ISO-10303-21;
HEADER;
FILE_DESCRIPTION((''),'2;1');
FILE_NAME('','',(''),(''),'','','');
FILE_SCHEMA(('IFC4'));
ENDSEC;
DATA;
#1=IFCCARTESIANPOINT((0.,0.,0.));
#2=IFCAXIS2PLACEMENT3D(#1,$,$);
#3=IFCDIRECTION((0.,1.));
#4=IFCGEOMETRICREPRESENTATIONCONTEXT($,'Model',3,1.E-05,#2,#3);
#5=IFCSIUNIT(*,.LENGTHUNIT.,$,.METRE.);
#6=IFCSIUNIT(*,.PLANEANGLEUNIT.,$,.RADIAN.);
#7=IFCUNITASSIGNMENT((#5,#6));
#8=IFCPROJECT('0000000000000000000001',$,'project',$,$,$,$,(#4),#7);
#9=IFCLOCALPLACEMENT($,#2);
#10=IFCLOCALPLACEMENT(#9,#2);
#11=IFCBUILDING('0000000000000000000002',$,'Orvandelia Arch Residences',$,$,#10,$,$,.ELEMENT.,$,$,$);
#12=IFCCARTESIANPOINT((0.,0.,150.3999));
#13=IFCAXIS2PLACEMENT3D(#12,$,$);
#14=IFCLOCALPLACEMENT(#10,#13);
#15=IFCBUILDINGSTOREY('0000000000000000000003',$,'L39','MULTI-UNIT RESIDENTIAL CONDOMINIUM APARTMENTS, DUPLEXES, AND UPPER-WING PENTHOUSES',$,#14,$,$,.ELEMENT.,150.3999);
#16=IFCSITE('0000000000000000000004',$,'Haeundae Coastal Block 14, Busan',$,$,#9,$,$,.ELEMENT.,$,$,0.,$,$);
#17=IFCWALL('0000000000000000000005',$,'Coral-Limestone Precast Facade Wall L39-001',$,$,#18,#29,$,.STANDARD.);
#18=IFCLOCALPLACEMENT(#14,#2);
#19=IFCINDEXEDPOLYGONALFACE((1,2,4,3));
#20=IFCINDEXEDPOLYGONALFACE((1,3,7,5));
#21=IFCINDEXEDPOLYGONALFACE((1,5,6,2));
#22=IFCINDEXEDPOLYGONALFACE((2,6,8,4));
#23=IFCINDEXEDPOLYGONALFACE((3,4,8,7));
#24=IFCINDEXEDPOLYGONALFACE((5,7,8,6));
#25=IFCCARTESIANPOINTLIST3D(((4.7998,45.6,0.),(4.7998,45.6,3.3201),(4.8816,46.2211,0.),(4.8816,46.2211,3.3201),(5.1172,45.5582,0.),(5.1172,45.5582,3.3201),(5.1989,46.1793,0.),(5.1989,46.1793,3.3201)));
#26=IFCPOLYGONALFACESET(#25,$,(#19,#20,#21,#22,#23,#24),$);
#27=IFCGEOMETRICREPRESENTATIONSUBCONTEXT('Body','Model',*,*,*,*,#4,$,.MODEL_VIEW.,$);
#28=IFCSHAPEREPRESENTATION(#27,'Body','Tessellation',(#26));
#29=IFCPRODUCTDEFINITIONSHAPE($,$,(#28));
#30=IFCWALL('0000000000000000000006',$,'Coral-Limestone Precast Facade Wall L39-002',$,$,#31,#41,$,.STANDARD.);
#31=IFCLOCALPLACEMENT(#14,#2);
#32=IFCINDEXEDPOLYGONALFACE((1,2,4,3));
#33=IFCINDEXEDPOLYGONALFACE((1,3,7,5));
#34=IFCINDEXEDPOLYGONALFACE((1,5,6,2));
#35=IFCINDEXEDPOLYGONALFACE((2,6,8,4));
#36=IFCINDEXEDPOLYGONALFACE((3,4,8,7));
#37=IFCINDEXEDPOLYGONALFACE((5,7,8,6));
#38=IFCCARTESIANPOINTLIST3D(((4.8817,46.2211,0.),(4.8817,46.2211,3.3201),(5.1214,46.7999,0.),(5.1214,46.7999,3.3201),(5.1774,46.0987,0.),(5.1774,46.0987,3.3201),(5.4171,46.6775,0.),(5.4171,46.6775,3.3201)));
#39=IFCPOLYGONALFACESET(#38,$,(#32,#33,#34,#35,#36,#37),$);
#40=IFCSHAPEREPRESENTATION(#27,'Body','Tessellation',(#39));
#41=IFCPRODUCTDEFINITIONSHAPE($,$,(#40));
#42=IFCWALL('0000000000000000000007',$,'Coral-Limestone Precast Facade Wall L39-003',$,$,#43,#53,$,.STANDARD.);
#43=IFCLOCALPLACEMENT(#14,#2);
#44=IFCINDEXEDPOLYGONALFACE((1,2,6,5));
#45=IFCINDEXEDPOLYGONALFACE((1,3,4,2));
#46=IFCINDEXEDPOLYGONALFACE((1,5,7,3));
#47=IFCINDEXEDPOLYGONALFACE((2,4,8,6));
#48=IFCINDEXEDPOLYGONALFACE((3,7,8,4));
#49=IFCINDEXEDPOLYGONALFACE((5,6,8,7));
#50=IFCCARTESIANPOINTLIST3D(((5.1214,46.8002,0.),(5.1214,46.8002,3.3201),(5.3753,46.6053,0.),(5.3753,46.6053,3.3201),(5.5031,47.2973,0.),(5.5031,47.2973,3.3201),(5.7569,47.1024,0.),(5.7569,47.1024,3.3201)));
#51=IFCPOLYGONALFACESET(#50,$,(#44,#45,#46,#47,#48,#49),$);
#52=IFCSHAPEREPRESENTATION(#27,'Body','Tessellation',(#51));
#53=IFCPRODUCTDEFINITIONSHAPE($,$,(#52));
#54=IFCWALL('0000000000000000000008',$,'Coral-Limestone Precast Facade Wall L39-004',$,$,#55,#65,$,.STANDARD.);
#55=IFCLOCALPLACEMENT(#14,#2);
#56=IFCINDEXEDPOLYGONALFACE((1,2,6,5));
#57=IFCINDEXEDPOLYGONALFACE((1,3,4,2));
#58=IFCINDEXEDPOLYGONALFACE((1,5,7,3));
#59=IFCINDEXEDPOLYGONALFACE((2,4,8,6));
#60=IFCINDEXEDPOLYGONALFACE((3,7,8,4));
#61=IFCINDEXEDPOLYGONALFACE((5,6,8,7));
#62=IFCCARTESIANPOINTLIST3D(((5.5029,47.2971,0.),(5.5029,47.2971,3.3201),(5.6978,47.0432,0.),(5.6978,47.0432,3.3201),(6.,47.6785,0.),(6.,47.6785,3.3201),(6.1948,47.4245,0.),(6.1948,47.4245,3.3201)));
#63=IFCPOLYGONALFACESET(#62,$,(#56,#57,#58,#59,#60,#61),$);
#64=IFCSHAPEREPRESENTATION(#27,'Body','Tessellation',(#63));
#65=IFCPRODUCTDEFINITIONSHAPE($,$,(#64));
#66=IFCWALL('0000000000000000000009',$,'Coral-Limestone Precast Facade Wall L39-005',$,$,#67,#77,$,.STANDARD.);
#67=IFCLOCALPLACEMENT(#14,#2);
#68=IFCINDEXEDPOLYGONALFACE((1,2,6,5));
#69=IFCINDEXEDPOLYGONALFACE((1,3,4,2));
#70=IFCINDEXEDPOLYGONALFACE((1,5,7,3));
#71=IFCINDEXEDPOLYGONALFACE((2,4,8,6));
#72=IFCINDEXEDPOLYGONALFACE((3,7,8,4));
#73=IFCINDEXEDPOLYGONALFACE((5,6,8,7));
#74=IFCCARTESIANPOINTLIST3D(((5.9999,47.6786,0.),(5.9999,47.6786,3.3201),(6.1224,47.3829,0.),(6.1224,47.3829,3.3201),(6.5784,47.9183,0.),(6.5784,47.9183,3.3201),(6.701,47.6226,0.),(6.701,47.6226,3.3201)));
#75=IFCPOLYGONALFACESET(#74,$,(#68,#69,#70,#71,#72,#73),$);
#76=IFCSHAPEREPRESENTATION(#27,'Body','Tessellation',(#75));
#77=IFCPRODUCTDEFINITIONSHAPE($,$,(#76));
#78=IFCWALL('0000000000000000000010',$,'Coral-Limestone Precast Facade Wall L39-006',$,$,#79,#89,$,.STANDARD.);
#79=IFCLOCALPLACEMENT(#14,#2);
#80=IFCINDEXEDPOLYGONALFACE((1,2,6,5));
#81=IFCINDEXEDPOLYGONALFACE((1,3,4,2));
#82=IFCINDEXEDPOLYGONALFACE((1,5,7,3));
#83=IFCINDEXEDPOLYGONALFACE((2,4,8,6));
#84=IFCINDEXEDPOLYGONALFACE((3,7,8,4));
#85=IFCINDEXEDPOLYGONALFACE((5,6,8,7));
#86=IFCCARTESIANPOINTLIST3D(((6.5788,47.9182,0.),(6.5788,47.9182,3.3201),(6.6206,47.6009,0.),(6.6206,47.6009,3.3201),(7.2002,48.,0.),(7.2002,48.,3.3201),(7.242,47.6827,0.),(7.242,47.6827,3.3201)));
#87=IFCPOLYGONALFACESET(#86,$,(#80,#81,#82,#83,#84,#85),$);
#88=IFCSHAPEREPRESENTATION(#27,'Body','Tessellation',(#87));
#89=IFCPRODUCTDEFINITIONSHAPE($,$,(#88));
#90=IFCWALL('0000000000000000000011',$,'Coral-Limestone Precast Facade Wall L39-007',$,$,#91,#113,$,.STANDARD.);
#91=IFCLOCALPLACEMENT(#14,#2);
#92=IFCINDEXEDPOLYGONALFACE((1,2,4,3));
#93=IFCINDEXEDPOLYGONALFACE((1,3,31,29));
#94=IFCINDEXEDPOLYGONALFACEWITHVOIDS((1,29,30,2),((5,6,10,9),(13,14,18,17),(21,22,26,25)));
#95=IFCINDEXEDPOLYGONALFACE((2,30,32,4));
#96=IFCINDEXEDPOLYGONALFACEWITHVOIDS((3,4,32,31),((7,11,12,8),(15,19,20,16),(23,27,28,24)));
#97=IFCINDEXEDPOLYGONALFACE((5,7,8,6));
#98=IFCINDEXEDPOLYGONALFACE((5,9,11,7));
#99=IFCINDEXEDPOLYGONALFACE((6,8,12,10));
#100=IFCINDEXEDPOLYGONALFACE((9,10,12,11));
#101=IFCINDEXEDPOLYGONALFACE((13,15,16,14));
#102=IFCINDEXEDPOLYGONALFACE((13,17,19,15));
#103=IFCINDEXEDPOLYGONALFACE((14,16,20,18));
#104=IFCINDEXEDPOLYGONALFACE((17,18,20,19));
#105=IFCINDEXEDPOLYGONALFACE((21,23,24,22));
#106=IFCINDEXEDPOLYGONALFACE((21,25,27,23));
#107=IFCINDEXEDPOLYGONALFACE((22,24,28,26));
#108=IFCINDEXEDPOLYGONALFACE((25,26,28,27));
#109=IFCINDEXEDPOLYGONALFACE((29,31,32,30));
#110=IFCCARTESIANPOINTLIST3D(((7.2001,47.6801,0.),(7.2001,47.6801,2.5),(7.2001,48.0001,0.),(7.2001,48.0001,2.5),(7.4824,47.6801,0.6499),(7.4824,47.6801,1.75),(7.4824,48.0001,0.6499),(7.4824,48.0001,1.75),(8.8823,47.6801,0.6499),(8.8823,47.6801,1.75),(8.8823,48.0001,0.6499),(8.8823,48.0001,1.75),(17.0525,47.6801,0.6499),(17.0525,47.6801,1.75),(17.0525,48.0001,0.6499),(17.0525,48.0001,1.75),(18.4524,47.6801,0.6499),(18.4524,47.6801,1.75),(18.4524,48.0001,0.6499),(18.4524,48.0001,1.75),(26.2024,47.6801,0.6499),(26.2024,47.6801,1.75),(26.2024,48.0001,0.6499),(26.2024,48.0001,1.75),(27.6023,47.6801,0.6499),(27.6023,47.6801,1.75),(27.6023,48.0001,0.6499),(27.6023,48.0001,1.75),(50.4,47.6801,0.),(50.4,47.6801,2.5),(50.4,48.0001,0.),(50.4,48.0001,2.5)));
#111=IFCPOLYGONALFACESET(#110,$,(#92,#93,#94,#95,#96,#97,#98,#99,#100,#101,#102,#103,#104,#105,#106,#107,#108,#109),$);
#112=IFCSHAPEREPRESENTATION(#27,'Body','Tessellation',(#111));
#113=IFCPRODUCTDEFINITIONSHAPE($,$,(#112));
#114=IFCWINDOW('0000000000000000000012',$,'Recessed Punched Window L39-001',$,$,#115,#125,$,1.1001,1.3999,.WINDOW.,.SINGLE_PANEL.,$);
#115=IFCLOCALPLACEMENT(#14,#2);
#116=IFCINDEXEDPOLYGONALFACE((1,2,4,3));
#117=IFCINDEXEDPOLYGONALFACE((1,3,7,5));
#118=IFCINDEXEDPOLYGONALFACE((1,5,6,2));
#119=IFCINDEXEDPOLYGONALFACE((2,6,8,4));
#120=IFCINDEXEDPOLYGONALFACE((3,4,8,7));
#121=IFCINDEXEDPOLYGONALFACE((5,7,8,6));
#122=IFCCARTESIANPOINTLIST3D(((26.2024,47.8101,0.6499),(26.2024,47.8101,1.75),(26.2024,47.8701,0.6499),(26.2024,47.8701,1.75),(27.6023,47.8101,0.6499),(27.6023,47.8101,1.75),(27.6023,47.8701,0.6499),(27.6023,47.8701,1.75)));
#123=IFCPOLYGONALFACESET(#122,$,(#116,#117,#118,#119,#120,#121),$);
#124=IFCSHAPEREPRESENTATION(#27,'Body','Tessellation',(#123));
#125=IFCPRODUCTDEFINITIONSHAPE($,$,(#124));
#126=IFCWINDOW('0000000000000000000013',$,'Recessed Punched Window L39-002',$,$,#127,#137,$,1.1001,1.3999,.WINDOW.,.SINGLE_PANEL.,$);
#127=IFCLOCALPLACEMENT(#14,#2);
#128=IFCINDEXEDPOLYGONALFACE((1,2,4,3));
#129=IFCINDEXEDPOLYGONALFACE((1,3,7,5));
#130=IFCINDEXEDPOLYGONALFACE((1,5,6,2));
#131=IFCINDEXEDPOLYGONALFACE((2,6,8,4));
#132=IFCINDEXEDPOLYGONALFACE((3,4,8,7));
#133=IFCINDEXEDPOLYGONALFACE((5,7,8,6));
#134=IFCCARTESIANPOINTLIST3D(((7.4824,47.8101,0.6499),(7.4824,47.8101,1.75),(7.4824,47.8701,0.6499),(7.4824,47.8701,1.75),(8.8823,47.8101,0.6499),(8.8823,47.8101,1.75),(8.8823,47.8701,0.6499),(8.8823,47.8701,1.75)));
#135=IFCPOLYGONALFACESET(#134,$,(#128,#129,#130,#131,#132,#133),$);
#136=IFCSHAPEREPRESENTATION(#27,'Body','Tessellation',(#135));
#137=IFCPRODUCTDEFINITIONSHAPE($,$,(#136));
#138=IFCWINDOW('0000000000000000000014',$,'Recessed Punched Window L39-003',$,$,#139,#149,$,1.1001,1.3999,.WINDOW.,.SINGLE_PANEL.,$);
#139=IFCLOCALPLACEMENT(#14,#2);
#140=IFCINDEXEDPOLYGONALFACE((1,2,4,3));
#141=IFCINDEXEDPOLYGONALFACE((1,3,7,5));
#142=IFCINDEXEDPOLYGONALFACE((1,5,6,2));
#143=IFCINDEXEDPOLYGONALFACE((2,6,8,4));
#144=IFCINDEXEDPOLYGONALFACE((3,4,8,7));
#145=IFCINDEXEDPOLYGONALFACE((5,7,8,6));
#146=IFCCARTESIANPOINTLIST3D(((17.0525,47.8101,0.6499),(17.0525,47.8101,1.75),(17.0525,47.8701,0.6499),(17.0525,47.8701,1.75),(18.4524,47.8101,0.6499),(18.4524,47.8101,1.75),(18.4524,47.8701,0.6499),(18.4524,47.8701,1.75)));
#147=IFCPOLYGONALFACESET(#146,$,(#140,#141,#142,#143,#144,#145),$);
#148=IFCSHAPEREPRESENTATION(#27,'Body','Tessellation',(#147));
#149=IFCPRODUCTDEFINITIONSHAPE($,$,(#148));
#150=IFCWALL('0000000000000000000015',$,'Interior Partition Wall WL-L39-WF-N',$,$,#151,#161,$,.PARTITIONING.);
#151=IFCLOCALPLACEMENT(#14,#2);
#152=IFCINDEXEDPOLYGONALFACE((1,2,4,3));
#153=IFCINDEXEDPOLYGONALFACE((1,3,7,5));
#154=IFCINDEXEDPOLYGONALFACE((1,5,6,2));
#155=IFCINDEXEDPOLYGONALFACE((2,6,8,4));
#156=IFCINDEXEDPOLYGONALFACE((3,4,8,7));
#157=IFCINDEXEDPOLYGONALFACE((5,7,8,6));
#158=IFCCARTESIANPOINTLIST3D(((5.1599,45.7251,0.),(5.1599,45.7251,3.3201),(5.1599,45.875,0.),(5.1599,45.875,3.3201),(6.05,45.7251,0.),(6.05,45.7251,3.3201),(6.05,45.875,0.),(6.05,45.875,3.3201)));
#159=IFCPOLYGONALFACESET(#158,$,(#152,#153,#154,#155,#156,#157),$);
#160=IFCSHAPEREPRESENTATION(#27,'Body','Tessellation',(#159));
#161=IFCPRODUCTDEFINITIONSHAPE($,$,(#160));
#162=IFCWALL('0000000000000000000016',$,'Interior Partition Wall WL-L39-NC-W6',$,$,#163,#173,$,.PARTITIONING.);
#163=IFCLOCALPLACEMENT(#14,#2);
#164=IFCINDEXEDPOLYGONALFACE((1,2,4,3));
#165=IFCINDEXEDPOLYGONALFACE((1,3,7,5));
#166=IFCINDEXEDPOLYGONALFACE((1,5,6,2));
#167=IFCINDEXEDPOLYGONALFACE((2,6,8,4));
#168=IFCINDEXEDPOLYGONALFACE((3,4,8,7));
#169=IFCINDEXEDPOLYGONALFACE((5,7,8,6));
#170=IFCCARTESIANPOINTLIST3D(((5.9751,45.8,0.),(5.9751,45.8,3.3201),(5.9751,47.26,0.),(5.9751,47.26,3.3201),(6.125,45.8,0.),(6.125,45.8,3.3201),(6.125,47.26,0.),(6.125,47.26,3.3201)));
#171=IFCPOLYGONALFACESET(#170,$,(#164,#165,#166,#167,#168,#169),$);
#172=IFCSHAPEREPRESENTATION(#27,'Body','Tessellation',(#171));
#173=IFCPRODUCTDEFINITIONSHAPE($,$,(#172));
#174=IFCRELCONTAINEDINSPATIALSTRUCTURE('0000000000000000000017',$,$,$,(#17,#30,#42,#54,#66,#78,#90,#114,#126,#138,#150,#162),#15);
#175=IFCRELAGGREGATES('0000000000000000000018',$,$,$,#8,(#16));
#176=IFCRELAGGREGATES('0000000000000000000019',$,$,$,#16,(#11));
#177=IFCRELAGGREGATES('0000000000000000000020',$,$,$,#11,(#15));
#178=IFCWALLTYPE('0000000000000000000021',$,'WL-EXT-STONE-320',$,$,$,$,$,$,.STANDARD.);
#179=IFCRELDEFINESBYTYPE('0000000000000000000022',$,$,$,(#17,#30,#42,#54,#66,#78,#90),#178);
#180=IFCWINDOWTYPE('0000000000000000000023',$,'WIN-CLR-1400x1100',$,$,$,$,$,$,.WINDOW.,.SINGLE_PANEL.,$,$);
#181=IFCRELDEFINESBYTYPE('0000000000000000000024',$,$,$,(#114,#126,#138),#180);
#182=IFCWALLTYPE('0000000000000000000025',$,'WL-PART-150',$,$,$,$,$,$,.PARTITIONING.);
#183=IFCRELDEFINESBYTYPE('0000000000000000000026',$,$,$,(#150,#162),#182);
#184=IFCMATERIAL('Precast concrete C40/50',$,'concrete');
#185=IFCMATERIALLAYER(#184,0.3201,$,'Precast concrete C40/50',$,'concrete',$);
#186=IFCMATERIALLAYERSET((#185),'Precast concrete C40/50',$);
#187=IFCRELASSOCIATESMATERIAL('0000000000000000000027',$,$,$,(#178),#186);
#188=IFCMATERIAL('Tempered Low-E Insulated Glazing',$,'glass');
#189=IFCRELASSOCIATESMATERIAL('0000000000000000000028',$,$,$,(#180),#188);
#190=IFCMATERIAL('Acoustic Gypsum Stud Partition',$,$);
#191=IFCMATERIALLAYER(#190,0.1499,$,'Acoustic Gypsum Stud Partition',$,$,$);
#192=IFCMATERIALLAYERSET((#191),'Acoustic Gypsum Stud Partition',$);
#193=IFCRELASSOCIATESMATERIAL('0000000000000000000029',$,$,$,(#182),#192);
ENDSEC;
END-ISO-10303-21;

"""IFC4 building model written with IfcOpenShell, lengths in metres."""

from ifc_helpers import new_model, si_unit, direction, frame, frame_2d, origin, place, context, subcontext, project, spatial, rectangle, extrude, material, layer, layer_set, type_object, element, fill, save


model = new_model("IFC4")

# Units and contexts
model_context = context("Model", 3, precision=1e-05, world=origin(), true_north=direction((0.0, 1.0)))
body_context = subcontext(model_context, "Body", "Model", "MODEL_VIEW")
ifc_project = project(units=[si_unit("LENGTHUNIT", "METRE"), si_unit("PLANEANGLEUNIT", "RADIAN")], contexts=[model_context])

# Site, building, storey
site_placement = place(None, origin())
site = spatial("IfcSite", under=ifc_project, at=site_placement, Name="Haeundae Coastal Block 14, Busan", CompositionType="ELEMENT", RefElevation=0.0)
building_placement = place(site_placement, origin())
building = spatial("IfcBuilding", under=site, at=building_placement, Name="Orvandelia Arch Residences", CompositionType="ELEMENT")
storey_placement = place(building_placement, frame((0.0, 0.0, 150.3999)))
storey = spatial("IfcBuildingStorey", under=building, at=storey_placement, Name="L39", Description="MULTI-UNIT RESIDENTIAL CONDOMINIUM APARTMENTS, DUPLEXES, AND UPPER-WING PENTHOUSES", CompositionType="ELEMENT", Elevation=150.3999)

# Walls
ifc_material_1 = material(Name="Precast concrete C40/50", Category="concrete")
ifc_layer_1 = layer(ifc_material_1, 0.3201, Name="Precast concrete C40/50", Category="concrete")
ifc_layer_set_1 = layer_set([ifc_layer_1], Name="Precast concrete C40/50")
wall_type_1 = type_object("IfcWallType", Name="WL-EXT-STONE-320", PredefinedType="STANDARD", material=ifc_layer_set_1)
for number, where, z_axis, x_axis, name in (
    (1, (4.9585, 45.5791, 0.0), (0.0, 0.0, 1.0), (0.130555, 0.991441, 0.0), "Coral-Limestone Precast Facade Wall L39-001"),
    (2, (5.0295, 46.1599, 0.0), (0.0, 0.0, 1.0), (0.38265, 0.923893, 0.0), "Coral-Limestone Precast Facade Wall L39-002"),
):
    element("IfcWall", number, at=place(storey_placement, frame(where, z_axis=z_axis, x_axis=x_axis)), inside=storey, type_object=wall_type_1, Name=name, PredefinedType="STANDARD", context=body_context, shape_type="SweptSolid", body=[
        extrude(rectangle(XDim=0.6265, YDim=0.3201, at=frame_2d((0.3132, 0.0))), origin(), (0.0, 0.0, 1.0), 3.3201),
    ])
wall_1_placement = place(storey_placement, frame((5.2483, 46.7026, 0.0), z_axis=(0.0, 0.0, 1.0), x_axis=(0.608939, 0.793217, 0.0)))
element("IfcWall", 3, at=wall_1_placement, inside=storey, type_object=wall_type_1, Name="Coral-Limestone Precast Facade Wall L39-003", PredefinedType="STANDARD", context=body_context, shape_type="SweptSolid", body=[
    extrude(rectangle(XDim=0.6267, YDim=0.3201, at=frame_2d((0.3135, 0.0))), origin(), (0.0, 0.0, 1.0), 3.3201),
])
wall_2_placement = place(storey_placement, frame((5.6003, 47.1702, 0.0), z_axis=(0.0, 0.0, 1.0), x_axis=(0.793406, 0.608693, 0.0)))
element("IfcWall", 4, at=wall_2_placement, inside=storey, type_object=wall_type_1, Name="Coral-Limestone Precast Facade Wall L39-004", PredefinedType="STANDARD", context=body_context, shape_type="SweptSolid", body=[
    extrude(rectangle(XDim=0.6265, YDim=0.3201, at=frame_2d((0.3132, 0.0))), origin(), (0.0, 0.0, 1.0), 3.3201),
])
wall_3_placement = place(storey_placement, frame((6.0613, 47.5308, 0.0), z_axis=(0.0, 0.0, 1.0), x_axis=(0.923836, 0.382788, 0.0)))
element("IfcWall", 5, at=wall_3_placement, inside=storey, type_object=wall_type_1, Name="Coral-Limestone Precast Facade Wall L39-005", PredefinedType="STANDARD", context=body_context, shape_type="SweptSolid", body=[
    extrude(rectangle(XDim=0.6262, YDim=0.3201, at=frame_2d((0.313, 0.0))), origin(), (0.0, 0.0, 1.0), 3.3201),
])
wall_4_placement = place(storey_placement, frame((6.5996, 47.7595, 0.0), z_axis=(0.0, 0.0, 1.0), x_axis=(0.991448, 0.130505, 0.0)))
element("IfcWall", 6, at=wall_4_placement, inside=storey, type_object=wall_type_1, Name="Coral-Limestone Precast Facade Wall L39-006", PredefinedType="STANDARD", context=body_context, shape_type="SweptSolid", body=[
    extrude(rectangle(XDim=0.6267, YDim=0.3201, at=frame_2d((0.3135, 0.0))), origin(), (0.0, 0.0, 1.0), 3.3201),
])

# Wall, openings, windows
wall_5_placement = place(storey_placement, frame((7.2, 47.8401, 0.0), z_axis=(0.0, 0.0, 1.0), x_axis=(1.0, 0.0, 0.0)))
wall_5 = element("IfcWall", 7, at=wall_5_placement, inside=storey, type_object=wall_type_1, Name="Coral-Limestone Precast Facade Wall L39-007", PredefinedType="STANDARD", context=body_context, shape_type="SweptSolid", body=[
    extrude(rectangle(XDim=43.2, YDim=0.3201, at=frame_2d((21.6001, 0.0))), origin(), (0.0, 0.0, 1.0), 2.5),
])
opening_1_placement = place(wall_5_placement, frame((19.0024, 0.0, 0.6499)))
opening_1 = element("IfcOpeningElement", 8, at=opening_1_placement, cuts=wall_5, PredefinedType="OPENING", context=body_context, shape_type="SweptSolid", body=[
    extrude(rectangle(XDim=1.3999, YDim=1.1001, at=frame_2d((0.7, 0.55))), frame((0.0, 0.1699, 0.0), z_axis=(0.0, -1.0, 0.0), x_axis=(1.0, 0.0, 0.0)), (0.0, 0.0, 1.0), 0.3401),
])
opening_2_placement = place(wall_5_placement, frame((0.2825, 0.0, 0.6499)))
opening_2 = element("IfcOpeningElement", 9, at=opening_2_placement, cuts=wall_5, PredefinedType="OPENING", context=body_context, shape_type="SweptSolid", body=[
    extrude(rectangle(XDim=1.3999, YDim=1.1001, at=frame_2d((0.7, 0.55))), frame((0.0, 0.1699, 0.0), z_axis=(0.0, -1.0, 0.0), x_axis=(1.0, 0.0, 0.0)), (0.0, 0.0, 1.0), 0.3401),
])
opening_3_placement = place(wall_5_placement, frame((9.8525, 0.0, 0.6499)))
opening_3 = element("IfcOpeningElement", 10, at=opening_3_placement, cuts=wall_5, PredefinedType="OPENING", context=body_context, shape_type="SweptSolid", body=[
    extrude(rectangle(XDim=1.3999, YDim=1.1001, at=frame_2d((0.7, 0.55))), frame((0.0, 0.1699, 0.0), z_axis=(0.0, -1.0, 0.0), x_axis=(1.0, 0.0, 0.0)), (0.0, 0.0, 1.0), 0.3401),
])
ifc_material_2 = material(Name="Tempered Low-E Insulated Glazing", Category="glass")
window_type = type_object("IfcWindowType", Name="WIN-CLR-1400x1100", PartitioningType="SINGLE_PANEL", PredefinedType="WINDOW", material=ifc_material_2)
window_1_placement = place(opening_1_placement, origin())
window_1 = element("IfcWindow", 11, at=window_1_placement, inside=storey, type_object=window_type, Name="Recessed Punched Window L39-001", OverallHeight=1.1001, OverallWidth=1.3999, PartitioningType="SINGLE_PANEL", PredefinedType="WINDOW", context=body_context, shape_type="SweptSolid", body=[
    extrude(rectangle(XDim=1.3999, YDim=1.1001, at=frame_2d((0.7, 0.55))), frame((0.0, 0.03, 0.0), z_axis=(0.0, -1.0, 0.0), x_axis=(1.0, 0.0, 0.0)), (0.0, 0.0, 1.0), 0.0601),
])
fill(opening_1, window_1)
window_2_placement = place(opening_2_placement, origin())
window_2 = element("IfcWindow", 12, at=window_2_placement, inside=storey, type_object=window_type, Name="Recessed Punched Window L39-002", OverallHeight=1.1001, OverallWidth=1.3999, PartitioningType="SINGLE_PANEL", PredefinedType="WINDOW", context=body_context, shape_type="SweptSolid", body=[
    extrude(rectangle(XDim=1.3999, YDim=1.1001, at=frame_2d((0.7, 0.55))), frame((0.0, 0.03, 0.0), z_axis=(0.0, -1.0, 0.0), x_axis=(1.0, 0.0, 0.0)), (0.0, 0.0, 1.0), 0.0601),
])
fill(opening_2, window_2)
window_3_placement = place(opening_3_placement, origin())
window_3 = element("IfcWindow", 13, at=window_3_placement, inside=storey, type_object=window_type, Name="Recessed Punched Window L39-003", OverallHeight=1.1001, OverallWidth=1.3999, PartitioningType="SINGLE_PANEL", PredefinedType="WINDOW", context=body_context, shape_type="SweptSolid", body=[
    extrude(rectangle(XDim=1.3999, YDim=1.1001, at=frame_2d((0.7, 0.55))), frame((0.0, 0.03, 0.0), z_axis=(0.0, -1.0, 0.0), x_axis=(1.0, 0.0, 0.0)), (0.0, 0.0, 1.0), 0.0601),
])
fill(opening_3, window_3)

# Walls
ifc_material_3 = material(Name="Acoustic Gypsum Stud Partition")
ifc_layer_2 = layer(ifc_material_3, 0.1499, Name="Acoustic Gypsum Stud Partition")
ifc_layer_set_2 = layer_set([ifc_layer_2], Name="Acoustic Gypsum Stud Partition")
wall_type_2 = type_object("IfcWallType", Name="WL-PART-150", PredefinedType="PARTITIONING", material=ifc_layer_set_2)
wall_6_placement = place(storey_placement, frame((5.1599, 45.8, 0.0), z_axis=(0.0, 0.0, 1.0), x_axis=(1.0, 0.0, 0.0)))
element("IfcWall", 14, at=wall_6_placement, inside=storey, type_object=wall_type_2, Name="Interior Partition Wall WL-L39-WF-N", PredefinedType="PARTITIONING", context=body_context, shape_type="SweptSolid", body=[
    extrude(rectangle(XDim=0.8901, YDim=0.1499, at=frame_2d((0.4451, 0.0))), origin(), (0.0, 0.0, 1.0), 3.3201),
])
wall_7_placement = place(storey_placement, frame((6.05, 45.8, 0.0), z_axis=(0.0, 0.0, 1.0), x_axis=(0.0, 1.0, 0.0)))
element("IfcWall", 15, at=wall_7_placement, inside=storey, type_object=wall_type_2, Name="Interior Partition Wall WL-L39-NC-W6", PredefinedType="PARTITIONING", context=body_context, shape_type="SweptSolid", body=[
    extrude(rectangle(XDim=1.46, YDim=0.1499, at=frame_2d((0.73, 0.0))), origin(), (0.0, 0.0, 1.0), 3.3201),
])

save(model, "model.ifc")
